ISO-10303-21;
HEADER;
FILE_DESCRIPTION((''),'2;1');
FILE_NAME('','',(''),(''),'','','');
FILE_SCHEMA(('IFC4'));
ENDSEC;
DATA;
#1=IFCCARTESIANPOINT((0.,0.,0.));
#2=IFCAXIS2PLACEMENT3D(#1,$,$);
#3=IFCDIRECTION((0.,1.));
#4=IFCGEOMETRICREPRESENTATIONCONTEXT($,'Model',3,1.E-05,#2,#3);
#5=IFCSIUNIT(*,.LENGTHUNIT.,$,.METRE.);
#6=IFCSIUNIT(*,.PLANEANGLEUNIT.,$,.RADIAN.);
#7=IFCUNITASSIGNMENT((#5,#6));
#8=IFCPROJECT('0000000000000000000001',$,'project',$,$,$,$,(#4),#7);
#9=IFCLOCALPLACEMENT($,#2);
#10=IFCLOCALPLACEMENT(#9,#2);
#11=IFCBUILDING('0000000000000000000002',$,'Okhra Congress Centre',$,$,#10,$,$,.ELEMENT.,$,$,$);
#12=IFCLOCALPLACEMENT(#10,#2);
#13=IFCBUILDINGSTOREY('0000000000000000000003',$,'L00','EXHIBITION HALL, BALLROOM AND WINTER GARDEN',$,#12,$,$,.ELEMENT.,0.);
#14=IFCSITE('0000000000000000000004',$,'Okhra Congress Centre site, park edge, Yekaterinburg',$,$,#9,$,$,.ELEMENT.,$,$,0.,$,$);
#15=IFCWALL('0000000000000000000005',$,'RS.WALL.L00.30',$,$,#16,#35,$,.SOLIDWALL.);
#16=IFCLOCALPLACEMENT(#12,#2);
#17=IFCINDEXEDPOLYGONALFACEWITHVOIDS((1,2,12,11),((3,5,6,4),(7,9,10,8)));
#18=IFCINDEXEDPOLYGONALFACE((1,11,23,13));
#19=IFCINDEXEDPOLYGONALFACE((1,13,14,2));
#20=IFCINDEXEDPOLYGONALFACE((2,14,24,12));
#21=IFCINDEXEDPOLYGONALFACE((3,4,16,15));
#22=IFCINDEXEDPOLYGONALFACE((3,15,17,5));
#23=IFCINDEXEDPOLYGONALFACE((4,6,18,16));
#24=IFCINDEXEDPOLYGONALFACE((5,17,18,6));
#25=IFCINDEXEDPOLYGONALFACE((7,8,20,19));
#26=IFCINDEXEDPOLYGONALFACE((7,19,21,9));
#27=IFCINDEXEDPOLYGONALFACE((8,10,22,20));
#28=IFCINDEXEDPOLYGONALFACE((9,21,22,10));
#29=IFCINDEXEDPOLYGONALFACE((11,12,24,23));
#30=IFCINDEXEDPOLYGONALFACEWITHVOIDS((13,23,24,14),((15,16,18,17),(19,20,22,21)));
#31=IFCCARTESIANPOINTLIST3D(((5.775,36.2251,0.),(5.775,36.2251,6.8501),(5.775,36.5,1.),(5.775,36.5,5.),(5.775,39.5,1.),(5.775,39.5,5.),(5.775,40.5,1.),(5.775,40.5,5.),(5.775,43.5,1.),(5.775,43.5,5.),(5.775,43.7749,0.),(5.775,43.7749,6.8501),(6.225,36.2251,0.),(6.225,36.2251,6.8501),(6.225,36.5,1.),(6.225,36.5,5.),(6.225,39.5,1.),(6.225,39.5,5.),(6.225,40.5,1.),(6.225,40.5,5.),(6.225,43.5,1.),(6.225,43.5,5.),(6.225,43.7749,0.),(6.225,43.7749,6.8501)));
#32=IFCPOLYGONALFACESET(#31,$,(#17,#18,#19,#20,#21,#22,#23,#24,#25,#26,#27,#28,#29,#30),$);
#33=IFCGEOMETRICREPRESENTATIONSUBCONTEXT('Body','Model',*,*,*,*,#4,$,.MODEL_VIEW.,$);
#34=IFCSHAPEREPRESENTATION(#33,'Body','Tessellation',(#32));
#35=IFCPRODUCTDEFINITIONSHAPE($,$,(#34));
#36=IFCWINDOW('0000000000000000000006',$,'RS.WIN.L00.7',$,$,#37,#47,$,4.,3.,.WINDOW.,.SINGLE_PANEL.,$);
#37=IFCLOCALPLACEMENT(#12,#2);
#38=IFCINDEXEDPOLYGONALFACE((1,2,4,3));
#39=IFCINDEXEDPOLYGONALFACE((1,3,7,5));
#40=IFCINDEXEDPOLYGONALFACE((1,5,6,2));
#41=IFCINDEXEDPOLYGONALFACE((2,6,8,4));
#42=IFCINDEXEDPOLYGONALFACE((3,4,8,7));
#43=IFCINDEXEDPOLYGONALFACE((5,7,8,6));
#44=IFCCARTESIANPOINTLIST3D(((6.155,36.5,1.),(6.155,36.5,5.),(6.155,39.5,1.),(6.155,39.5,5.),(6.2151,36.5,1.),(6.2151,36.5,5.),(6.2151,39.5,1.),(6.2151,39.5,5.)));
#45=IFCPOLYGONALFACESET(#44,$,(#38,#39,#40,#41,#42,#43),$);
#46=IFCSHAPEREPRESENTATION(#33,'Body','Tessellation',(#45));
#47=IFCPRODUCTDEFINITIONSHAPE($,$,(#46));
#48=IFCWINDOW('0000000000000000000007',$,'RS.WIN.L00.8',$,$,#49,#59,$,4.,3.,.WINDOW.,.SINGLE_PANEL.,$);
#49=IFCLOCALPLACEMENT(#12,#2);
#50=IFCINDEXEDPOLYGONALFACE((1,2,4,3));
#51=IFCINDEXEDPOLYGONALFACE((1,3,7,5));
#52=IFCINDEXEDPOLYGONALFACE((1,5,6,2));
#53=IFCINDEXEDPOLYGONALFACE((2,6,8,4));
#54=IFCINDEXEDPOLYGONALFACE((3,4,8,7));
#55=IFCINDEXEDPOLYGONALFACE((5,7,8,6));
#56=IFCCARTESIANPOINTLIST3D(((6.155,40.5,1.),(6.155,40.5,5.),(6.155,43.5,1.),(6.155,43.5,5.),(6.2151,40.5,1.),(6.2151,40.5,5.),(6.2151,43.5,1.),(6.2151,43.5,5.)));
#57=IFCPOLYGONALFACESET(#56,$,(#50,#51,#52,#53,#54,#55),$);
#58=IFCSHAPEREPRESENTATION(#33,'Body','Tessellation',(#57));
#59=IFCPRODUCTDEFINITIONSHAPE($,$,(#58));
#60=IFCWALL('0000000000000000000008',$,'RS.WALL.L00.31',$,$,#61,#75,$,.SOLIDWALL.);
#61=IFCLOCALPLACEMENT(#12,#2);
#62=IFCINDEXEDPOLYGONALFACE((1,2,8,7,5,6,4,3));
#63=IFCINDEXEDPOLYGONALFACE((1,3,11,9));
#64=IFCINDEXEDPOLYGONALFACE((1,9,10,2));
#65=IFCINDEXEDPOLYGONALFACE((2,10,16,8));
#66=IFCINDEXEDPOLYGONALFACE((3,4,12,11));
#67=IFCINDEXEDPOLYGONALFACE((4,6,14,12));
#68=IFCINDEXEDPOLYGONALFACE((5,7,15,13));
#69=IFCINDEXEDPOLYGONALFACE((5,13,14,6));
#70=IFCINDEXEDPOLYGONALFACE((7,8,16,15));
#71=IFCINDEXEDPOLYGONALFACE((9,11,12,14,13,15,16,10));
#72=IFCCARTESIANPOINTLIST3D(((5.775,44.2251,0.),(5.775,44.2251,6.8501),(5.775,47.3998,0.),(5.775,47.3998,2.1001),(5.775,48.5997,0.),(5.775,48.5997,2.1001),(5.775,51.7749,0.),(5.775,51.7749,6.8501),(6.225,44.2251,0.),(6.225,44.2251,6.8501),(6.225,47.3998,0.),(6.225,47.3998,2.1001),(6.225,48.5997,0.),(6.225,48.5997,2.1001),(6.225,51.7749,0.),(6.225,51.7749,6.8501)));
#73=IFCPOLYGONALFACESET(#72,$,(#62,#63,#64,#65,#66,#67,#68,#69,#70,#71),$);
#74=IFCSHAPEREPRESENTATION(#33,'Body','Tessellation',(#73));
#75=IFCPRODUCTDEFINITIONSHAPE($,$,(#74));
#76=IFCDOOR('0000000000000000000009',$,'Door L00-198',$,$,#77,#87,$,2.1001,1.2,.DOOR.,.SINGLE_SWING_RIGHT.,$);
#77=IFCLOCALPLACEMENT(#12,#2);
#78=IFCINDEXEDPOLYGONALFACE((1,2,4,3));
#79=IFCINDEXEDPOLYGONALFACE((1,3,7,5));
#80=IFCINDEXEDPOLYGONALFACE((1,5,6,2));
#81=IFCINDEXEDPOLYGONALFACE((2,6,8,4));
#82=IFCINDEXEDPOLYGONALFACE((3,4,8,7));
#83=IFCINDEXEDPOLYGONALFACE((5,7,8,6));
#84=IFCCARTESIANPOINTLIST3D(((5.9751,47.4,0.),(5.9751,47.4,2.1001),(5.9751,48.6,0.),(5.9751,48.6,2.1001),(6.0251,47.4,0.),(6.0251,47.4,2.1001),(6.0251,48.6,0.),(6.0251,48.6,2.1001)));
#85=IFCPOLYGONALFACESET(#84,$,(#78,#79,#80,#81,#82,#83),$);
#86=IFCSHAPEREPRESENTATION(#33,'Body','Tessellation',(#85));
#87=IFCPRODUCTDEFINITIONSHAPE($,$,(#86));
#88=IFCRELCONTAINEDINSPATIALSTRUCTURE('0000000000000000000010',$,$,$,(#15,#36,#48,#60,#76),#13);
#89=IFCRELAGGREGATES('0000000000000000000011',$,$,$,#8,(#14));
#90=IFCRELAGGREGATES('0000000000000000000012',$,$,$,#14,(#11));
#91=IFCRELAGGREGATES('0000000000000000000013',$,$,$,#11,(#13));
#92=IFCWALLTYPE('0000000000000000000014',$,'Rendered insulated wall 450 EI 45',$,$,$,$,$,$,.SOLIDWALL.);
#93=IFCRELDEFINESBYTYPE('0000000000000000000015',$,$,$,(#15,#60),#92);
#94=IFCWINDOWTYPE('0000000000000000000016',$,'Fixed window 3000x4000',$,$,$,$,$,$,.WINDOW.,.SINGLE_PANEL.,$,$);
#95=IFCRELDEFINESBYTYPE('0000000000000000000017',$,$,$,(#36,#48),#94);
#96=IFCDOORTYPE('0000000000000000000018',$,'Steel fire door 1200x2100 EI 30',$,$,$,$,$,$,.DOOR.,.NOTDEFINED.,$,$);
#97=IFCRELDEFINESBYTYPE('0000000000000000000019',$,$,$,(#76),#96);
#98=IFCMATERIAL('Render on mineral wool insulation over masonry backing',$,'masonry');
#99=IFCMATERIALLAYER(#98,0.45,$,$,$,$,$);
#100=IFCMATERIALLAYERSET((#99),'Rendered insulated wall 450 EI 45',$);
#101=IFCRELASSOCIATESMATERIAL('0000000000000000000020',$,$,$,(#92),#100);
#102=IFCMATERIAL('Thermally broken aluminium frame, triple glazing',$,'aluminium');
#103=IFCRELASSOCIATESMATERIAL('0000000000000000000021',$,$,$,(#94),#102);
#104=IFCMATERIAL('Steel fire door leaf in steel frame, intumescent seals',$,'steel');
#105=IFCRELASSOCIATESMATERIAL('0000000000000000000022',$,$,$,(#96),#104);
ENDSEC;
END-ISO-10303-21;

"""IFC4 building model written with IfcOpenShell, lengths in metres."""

from ifc_helpers import new_model, si_unit, direction, frame, frame_2d, origin, place, context, subcontext, project, spatial, rectangle, extrude, material, layer, layer_set, type_object, element, fill, save


model = new_model("IFC4")

# Units and contexts
model_context = context("Model", 3, precision=1e-05, world=origin(), true_north=direction((0.0, 1.0)))
body_context = subcontext(model_context, "Body", "Model", "MODEL_VIEW")
ifc_project = project(units=[si_unit("LENGTHUNIT", "METRE"), si_unit("PLANEANGLEUNIT", "RADIAN")], contexts=[model_context])

# Site, building, storey
site_placement = place(None, origin())
site = spatial("IfcSite", under=ifc_project, at=site_placement, Name="Okhra Congress Centre site, park edge, Yekaterinburg", CompositionType="ELEMENT", RefElevation=0.0)
building_placement = place(site_placement, origin())
building = spatial("IfcBuilding", under=site, at=building_placement, Name="Okhra Congress Centre", CompositionType="ELEMENT")
storey_placement = place(building_placement, origin())
storey = spatial("IfcBuildingStorey", under=building, at=storey_placement, Name="L00", Description="EXHIBITION HALL, BALLROOM AND WINTER GARDEN", CompositionType="ELEMENT", Elevation=0.0)

# Wall, openings, windows
ifc_material_1 = material(Name="Render on mineral wool insulation over masonry backing", Category="masonry")
ifc_layer = layer(ifc_material_1, 0.45)
ifc_layer_set = layer_set([ifc_layer], Name="Rendered insulated wall 450 EI 45")
wall_type = type_object("IfcWallType", Name="Rendered insulated wall 450 EI 45", PredefinedType="SOLIDWALL", material=ifc_layer_set)
wall_1_placement = place(storey_placement, frame((6.0, 43.7749, 0.0), z_axis=(0.0, 0.0, 1.0), x_axis=(0.0, -1.0, 0.0)))
wall_1 = element("IfcWall", 1, at=wall_1_placement, inside=storey, type_object=wall_type, Name="RS.WALL.L00.30", PredefinedType="SOLIDWALL", context=body_context, shape_type="SweptSolid", body=[
    extrude(rectangle(XDim=7.5498, YDim=0.45, at=frame_2d((3.7749, 0.0))), origin(), (0.0, 0.0, 1.0), 6.8501),
])
opening_1_placement = place(wall_1_placement, frame((4.2749, 0.0, 1.0)))
opening_1 = element("IfcOpeningElement", 2, at=opening_1_placement, cuts=wall_1, PredefinedType="OPENING", context=body_context, shape_type="SweptSolid", body=[
    extrude(rectangle(XDim=3.0, YDim=4.0, at=frame_2d((1.5, 2.0))), frame((0.0, 0.2349, 0.0), z_axis=(0.0, -1.0, 0.0), x_axis=(1.0, 0.0, 0.0)), (0.0, 0.0, 1.0), 0.47),
])
opening_2_placement = place(wall_1_placement, frame((0.2749, 0.0, 1.0)))
opening_2 = element("IfcOpeningElement", 3, at=opening_2_placement, cuts=wall_1, PredefinedType="OPENING", context=body_context, shape_type="SweptSolid", body=[
    extrude(rectangle(XDim=3.0, YDim=4.0, at=frame_2d((1.5, 2.0))), frame((0.0, 0.2349, 0.0), z_axis=(0.0, -1.0, 0.0), x_axis=(1.0, 0.0, 0.0)), (0.0, 0.0, 1.0), 0.47),
])
ifc_material_2 = material(Name="Thermally broken aluminium frame, triple glazing", Category="aluminium")
window_type = type_object("IfcWindowType", Name="Fixed window 3000x4000", PartitioningType="SINGLE_PANEL", PredefinedType="WINDOW", material=ifc_material_2)
window_1_placement = place(opening_1_placement, origin())
window_1 = element("IfcWindow", 4, at=window_1_placement, inside=storey, type_object=window_type, Name="RS.WIN.L00.7", OverallHeight=4.0, OverallWidth=3.0, PartitioningType="SINGLE_PANEL", PredefinedType="WINDOW", context=body_context, shape_type="SweptSolid", body=[
    extrude(rectangle(XDim=3.0, YDim=4.0, at=frame_2d((1.5, 2.0))), frame((0.0, 0.2151, 0.0), z_axis=(0.0, -1.0, 0.0), x_axis=(1.0, 0.0, 0.0)), (0.0, 0.0, 1.0), 0.0601),
])
fill(opening_1, window_1)
window_2_placement = place(opening_2_placement, origin())
window_2 = element("IfcWindow", 5, at=window_2_placement, inside=storey, type_object=window_type, Name="RS.WIN.L00.8", OverallHeight=4.0, OverallWidth=3.0, PartitioningType="SINGLE_PANEL", PredefinedType="WINDOW", context=body_context, shape_type="SweptSolid", body=[
    extrude(rectangle(XDim=3.0, YDim=4.0, at=frame_2d((1.5, 2.0))), frame((0.0, 0.2151, 0.0), z_axis=(0.0, -1.0, 0.0), x_axis=(1.0, 0.0, 0.0)), (0.0, 0.0, 1.0), 0.0601),
])
fill(opening_2, window_2)

# Wall, opening, door
wall_2_placement = place(storey_placement, frame((6.0, 51.7749, 0.0), z_axis=(0.0, 0.0, 1.0), x_axis=(0.0, -1.0, 0.0)))
wall_2 = element("IfcWall", 6, at=wall_2_placement, inside=storey, type_object=wall_type, Name="RS.WALL.L00.31", PredefinedType="SOLIDWALL", context=body_context, shape_type="SweptSolid", body=[
    extrude(rectangle(XDim=7.5498, YDim=0.45, at=frame_2d((3.7749, 0.0))), origin(), (0.0, 0.0, 1.0), 6.8501),
])
opening_3_placement = place(wall_2_placement, frame((3.175, 0.0, 0.0)))
opening_3 = element("IfcOpeningElement", 7, at=opening_3_placement, cuts=wall_2, PredefinedType="OPENING", context=body_context, shape_type="SweptSolid", body=[
    extrude(rectangle(XDim=1.2, YDim=2.1001, at=frame_2d((0.6001, 1.05))), frame((0.0, 0.2349, 0.0), z_axis=(0.0, -1.0, 0.0), x_axis=(1.0, 0.0, 0.0)), (0.0, 0.0, 1.0), 0.47),
])
ifc_material_3 = material(Name="Steel fire door leaf in steel frame, intumescent seals", Category="steel")
door_type = type_object("IfcDoorType", Name="Steel fire door 1200x2100 EI 30", OperationType="NOTDEFINED", PredefinedType="DOOR", material=ifc_material_3)
door_placement = place(opening_3_placement, frame((1.2, 0.0, 0.0), z_axis=(0.0, 0.0, 1.0), x_axis=(-1.0, 0.0, 0.0)))
door = element("IfcDoor", 8, at=door_placement, inside=storey, type_object=door_type, Name="Door L00-198", OperationType="SINGLE_SWING_RIGHT", OverallHeight=2.1001, OverallWidth=1.2, PredefinedType="DOOR", context=body_context, shape_type="SweptSolid", body=[
    extrude(rectangle(XDim=1.2, YDim=2.1001, at=frame_2d((0.6001, 1.05))), frame((0.0, 0.0249, 0.0), z_axis=(0.0, -1.0, 0.0), x_axis=(1.0, 0.0, 0.0)), (0.0, 0.0, 1.0), 0.05),
])
fill(opening_3, door)

save(model, "model.ifc")
